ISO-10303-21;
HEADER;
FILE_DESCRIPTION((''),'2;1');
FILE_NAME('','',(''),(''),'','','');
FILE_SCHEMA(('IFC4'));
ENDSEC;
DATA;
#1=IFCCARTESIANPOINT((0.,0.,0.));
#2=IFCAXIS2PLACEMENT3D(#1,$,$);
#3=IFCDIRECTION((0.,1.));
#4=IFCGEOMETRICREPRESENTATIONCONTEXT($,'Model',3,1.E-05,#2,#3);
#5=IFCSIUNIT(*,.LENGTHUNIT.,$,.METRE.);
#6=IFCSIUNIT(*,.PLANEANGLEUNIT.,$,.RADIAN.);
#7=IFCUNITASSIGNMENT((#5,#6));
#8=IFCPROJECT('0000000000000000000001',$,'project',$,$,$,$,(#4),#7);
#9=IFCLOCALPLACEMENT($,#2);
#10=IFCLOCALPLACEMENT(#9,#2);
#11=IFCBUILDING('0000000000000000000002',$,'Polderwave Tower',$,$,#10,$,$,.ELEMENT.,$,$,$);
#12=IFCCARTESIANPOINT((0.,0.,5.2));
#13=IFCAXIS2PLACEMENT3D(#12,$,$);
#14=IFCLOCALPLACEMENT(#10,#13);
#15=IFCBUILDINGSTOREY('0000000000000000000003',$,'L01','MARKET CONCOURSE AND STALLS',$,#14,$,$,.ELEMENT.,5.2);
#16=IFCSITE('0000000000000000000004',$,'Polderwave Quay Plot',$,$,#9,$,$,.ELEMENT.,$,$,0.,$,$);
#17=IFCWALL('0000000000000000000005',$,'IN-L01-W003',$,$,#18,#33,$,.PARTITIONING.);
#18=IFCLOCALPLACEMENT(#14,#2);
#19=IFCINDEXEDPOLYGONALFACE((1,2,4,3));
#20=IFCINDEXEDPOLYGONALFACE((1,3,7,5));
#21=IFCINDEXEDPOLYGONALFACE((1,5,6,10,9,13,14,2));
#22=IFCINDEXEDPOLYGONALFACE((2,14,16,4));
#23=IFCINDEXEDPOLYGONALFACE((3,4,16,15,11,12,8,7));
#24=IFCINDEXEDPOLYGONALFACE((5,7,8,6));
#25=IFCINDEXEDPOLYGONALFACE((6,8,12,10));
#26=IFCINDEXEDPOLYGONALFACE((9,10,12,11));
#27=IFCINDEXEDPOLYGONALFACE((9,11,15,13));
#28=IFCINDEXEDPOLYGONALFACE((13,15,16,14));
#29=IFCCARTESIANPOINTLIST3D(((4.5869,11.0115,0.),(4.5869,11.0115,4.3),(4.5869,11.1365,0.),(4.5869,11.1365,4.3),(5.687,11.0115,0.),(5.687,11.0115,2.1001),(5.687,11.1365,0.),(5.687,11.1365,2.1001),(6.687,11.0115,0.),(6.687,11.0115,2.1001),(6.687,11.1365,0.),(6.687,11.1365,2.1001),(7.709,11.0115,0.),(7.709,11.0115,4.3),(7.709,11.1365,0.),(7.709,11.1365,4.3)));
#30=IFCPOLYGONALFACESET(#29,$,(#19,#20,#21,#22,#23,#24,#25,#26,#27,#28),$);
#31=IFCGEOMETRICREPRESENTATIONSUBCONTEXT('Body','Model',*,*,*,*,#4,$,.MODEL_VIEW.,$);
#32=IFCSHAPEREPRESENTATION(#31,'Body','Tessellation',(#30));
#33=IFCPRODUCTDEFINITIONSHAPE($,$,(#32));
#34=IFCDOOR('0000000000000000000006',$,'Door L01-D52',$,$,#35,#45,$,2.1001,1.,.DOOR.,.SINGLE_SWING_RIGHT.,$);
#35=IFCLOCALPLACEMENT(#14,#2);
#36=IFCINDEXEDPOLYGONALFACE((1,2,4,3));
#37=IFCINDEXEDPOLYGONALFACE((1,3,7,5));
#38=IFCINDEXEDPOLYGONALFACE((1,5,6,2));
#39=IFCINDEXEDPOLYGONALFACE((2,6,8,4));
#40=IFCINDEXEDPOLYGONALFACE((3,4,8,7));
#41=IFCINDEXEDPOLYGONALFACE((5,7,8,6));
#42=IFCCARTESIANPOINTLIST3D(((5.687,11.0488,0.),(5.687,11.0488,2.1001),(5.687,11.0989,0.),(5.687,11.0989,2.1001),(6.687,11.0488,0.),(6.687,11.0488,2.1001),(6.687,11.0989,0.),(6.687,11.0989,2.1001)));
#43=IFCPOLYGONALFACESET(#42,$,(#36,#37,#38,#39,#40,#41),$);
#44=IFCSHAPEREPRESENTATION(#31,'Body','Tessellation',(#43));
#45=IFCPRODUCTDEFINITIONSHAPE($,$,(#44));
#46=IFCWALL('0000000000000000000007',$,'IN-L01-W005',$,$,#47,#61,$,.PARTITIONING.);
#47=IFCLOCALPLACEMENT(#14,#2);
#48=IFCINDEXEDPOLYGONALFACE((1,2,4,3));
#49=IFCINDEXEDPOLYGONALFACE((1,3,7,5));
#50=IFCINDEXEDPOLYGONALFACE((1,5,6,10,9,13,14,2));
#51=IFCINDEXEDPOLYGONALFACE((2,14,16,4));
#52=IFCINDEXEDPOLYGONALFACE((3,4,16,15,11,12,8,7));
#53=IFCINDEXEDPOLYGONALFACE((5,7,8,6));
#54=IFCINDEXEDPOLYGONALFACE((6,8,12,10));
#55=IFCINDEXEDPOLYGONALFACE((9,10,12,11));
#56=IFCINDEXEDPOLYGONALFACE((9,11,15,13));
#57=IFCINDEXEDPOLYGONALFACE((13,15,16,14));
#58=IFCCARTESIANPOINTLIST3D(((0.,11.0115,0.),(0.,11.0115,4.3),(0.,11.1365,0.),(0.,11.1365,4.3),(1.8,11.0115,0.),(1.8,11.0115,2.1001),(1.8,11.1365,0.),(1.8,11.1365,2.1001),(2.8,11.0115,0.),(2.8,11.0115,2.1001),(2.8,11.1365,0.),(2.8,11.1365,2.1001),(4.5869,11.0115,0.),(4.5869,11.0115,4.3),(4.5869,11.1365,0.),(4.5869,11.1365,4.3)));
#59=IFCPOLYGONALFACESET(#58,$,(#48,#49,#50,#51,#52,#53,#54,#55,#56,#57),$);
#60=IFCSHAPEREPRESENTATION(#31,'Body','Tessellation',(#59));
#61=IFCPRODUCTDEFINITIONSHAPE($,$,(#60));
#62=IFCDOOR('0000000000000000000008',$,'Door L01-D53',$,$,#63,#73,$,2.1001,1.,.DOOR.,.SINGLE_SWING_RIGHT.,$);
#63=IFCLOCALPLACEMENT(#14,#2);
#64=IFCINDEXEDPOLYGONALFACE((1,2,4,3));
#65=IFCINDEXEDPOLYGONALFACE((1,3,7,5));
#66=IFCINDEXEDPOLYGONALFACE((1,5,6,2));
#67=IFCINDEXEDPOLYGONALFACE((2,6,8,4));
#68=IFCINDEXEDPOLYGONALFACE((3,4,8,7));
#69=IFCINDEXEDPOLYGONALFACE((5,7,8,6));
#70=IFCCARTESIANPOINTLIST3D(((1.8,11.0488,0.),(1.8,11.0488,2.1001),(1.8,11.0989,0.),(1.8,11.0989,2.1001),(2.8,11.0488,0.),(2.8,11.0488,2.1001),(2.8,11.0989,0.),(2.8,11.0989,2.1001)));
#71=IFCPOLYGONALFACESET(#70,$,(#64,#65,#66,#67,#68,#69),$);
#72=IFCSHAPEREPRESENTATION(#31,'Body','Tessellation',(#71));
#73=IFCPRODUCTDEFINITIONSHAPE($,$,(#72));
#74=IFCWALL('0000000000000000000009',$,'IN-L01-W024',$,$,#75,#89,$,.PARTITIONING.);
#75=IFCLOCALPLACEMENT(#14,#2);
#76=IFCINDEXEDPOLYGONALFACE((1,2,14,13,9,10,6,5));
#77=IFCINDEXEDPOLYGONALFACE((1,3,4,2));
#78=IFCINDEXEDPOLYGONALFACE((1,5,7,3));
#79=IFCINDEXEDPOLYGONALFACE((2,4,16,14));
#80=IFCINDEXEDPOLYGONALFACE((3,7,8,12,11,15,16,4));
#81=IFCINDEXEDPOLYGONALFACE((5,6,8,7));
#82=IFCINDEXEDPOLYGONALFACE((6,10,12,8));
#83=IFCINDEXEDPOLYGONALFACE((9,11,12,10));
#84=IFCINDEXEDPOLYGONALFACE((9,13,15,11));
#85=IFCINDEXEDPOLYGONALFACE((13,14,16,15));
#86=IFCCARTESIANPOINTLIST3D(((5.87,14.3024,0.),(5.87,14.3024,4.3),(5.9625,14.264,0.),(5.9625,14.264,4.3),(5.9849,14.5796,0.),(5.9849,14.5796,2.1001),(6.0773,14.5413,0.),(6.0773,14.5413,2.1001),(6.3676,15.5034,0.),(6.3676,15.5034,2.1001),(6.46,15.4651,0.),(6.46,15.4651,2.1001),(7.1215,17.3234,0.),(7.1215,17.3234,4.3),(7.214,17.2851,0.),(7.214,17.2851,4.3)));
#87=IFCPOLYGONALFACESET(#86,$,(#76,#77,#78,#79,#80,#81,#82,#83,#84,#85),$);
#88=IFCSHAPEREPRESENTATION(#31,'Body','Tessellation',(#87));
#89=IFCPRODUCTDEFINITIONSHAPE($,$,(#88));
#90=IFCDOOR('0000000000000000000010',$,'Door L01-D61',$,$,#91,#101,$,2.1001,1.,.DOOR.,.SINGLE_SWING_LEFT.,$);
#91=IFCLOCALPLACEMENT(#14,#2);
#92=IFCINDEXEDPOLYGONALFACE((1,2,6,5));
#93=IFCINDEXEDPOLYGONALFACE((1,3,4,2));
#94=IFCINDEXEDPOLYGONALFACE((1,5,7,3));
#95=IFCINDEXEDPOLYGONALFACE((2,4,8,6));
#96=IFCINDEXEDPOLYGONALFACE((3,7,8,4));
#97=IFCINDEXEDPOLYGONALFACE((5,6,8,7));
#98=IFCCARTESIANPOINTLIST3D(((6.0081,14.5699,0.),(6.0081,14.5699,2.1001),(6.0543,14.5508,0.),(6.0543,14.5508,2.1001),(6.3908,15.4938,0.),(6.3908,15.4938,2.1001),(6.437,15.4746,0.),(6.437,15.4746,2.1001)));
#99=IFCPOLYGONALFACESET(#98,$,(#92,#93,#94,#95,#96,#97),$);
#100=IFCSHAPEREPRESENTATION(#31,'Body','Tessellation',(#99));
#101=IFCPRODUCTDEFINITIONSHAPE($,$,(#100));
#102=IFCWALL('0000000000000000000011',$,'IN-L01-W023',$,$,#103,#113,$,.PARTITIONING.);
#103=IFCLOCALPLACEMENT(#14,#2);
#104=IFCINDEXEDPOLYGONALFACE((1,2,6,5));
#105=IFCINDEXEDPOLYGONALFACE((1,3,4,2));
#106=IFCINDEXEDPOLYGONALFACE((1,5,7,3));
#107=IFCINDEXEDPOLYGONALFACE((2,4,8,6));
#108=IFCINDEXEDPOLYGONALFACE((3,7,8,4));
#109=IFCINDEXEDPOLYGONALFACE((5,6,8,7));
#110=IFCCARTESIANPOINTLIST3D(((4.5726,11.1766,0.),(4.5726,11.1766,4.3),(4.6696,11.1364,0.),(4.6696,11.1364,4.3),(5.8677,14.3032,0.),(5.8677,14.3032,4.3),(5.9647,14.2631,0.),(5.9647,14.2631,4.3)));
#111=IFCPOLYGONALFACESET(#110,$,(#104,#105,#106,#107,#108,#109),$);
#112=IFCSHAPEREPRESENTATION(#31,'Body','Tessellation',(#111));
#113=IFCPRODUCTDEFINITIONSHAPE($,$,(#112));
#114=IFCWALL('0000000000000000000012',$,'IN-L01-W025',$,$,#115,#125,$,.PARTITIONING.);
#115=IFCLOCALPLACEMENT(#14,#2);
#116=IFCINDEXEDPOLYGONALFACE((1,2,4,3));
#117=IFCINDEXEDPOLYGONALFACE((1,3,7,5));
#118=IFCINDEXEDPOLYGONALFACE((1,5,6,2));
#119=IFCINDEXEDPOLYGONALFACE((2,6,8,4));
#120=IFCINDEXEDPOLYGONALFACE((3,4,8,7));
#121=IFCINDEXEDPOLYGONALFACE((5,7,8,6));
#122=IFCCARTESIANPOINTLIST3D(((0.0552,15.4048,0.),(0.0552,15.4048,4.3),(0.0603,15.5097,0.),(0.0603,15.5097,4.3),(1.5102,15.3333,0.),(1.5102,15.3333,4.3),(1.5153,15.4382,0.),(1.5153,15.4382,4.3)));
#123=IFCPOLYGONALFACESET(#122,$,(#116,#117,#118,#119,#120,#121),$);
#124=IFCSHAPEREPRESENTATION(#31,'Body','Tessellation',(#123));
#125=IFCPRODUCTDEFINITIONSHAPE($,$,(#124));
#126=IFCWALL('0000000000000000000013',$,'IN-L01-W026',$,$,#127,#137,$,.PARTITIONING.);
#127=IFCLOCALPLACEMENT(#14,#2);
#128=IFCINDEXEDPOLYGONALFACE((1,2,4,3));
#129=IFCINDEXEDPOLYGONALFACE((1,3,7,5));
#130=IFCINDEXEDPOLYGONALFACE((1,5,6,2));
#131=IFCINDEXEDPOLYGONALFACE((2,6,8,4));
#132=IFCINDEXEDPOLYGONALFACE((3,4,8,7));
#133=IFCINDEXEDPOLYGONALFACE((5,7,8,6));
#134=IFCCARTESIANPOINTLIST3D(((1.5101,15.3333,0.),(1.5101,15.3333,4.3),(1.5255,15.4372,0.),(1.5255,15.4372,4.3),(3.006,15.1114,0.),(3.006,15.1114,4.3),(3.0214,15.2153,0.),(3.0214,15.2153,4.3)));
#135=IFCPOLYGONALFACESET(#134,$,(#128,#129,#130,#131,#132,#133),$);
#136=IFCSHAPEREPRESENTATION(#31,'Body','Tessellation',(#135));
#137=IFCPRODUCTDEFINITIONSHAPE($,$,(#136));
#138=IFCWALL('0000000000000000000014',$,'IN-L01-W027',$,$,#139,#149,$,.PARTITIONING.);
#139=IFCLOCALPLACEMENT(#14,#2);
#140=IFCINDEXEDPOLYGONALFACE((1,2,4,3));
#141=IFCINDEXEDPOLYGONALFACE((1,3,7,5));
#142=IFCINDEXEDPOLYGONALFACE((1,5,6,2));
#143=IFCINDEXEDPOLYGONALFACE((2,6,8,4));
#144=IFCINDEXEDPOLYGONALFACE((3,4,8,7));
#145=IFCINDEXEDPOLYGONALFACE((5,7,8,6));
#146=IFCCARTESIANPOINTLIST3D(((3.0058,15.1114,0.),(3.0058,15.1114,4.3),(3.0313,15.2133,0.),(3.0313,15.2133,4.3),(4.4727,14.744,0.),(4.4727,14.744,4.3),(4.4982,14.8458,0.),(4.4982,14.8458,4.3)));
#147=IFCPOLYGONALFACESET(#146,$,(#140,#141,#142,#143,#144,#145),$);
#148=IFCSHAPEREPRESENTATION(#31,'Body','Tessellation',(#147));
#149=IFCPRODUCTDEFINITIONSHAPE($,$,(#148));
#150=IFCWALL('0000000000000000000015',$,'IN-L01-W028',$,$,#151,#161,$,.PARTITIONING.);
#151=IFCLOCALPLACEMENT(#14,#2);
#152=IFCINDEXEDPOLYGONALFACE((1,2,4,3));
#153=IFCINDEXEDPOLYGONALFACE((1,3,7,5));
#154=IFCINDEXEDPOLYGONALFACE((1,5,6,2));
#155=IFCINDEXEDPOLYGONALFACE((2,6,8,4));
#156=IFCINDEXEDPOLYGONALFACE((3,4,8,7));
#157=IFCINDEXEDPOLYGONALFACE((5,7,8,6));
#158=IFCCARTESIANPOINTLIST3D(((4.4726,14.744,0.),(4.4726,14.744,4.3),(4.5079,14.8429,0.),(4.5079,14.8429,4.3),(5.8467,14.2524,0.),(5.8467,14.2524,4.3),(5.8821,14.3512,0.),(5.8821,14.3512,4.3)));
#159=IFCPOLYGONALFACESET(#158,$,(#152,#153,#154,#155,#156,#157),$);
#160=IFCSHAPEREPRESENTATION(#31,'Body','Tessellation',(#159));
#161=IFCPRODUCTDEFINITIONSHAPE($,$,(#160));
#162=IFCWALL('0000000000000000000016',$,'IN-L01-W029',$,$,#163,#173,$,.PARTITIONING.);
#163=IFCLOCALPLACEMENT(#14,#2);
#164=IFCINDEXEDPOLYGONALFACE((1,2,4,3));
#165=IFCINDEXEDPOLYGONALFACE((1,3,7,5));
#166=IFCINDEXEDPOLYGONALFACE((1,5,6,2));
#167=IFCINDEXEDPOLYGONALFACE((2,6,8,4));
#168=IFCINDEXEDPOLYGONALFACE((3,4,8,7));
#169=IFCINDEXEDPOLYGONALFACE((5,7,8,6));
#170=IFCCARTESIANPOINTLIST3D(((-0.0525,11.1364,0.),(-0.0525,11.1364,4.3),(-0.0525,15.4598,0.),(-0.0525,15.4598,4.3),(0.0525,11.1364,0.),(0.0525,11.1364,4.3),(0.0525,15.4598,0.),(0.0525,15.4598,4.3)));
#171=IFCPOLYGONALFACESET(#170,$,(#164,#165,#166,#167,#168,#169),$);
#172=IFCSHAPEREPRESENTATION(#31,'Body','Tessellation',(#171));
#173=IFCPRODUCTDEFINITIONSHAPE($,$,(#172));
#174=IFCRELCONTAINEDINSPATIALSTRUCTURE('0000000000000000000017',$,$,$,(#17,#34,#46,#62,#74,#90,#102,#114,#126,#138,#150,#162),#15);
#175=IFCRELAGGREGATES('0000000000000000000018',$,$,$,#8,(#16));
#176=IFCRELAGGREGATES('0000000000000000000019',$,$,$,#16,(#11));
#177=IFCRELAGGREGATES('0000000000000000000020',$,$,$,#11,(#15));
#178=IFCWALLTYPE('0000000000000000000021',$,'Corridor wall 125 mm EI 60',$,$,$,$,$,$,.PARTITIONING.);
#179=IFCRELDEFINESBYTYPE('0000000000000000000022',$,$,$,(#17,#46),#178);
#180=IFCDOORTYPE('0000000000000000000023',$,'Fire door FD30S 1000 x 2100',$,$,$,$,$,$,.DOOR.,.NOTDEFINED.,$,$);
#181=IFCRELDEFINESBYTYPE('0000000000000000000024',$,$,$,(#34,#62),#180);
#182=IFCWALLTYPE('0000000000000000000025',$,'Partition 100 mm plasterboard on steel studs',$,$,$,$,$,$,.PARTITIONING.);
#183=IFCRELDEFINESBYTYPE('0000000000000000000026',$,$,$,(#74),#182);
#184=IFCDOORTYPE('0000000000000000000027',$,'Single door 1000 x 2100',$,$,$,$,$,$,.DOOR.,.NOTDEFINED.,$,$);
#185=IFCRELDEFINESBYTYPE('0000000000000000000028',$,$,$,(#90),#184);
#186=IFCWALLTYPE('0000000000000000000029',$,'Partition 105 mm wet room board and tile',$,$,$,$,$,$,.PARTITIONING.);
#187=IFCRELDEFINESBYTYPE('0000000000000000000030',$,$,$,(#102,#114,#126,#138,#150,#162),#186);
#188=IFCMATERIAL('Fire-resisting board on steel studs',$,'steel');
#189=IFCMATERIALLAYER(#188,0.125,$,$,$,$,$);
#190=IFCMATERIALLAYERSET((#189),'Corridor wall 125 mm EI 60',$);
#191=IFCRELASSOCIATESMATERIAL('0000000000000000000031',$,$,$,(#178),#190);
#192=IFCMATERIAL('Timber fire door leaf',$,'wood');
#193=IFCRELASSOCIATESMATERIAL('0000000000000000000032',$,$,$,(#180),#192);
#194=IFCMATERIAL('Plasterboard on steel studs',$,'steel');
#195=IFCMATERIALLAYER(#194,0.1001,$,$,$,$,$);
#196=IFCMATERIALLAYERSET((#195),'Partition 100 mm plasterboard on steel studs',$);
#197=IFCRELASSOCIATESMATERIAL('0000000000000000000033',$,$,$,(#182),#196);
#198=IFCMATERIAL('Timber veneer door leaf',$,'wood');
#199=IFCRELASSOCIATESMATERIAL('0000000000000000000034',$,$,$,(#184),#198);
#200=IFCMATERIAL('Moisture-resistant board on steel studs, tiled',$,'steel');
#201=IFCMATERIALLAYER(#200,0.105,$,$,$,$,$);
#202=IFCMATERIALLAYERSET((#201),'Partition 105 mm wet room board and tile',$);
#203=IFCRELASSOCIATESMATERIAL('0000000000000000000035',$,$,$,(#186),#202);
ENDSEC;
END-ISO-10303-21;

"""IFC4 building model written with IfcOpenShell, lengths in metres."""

from ifc_helpers import new_model, si_unit, direction, frame, frame_2d, origin, place, context, subcontext, project, spatial, rectangle, extrude, material, layer, layer_set, type_object, element, fill, save


model = new_model("IFC4")

# Units and contexts
model_context = context("Model", 3, precision=1e-05, world=origin(), true_north=direction((0.0, 1.0)))
body_context = subcontext(model_context, "Body", "Model", "MODEL_VIEW")
ifc_project = project(units=[si_unit("LENGTHUNIT", "METRE"), si_unit("PLANEANGLEUNIT", "RADIAN")], contexts=[model_context])

# Site, building, storey
site_placement = place(None, origin())
site = spatial("IfcSite", under=ifc_project, at=site_placement, Name="Polderwave Quay Plot", CompositionType="ELEMENT", RefElevation=0.0)
building_placement = place(site_placement, origin())
building = spatial("IfcBuilding", under=site, at=building_placement, Name="Polderwave Tower", CompositionType="ELEMENT")
storey_placement = place(building_placement, frame((0.0, 0.0, 5.2)))
storey = spatial("IfcBuildingStorey", under=building, at=storey_placement, Name="L01", Description="MARKET CONCOURSE AND STALLS", CompositionType="ELEMENT", Elevation=5.2)

# Walls, openings, doors
ifc_material_1 = material(Name="Fire-resisting board on steel studs", Category="steel")
ifc_layer_1 = layer(ifc_material_1, 0.125)
ifc_layer_set_1 = layer_set([ifc_layer_1], Name="Corridor wall 125 mm EI 60")
wall_type_1 = type_object("IfcWallType", Name="Corridor wall 125 mm EI 60", PredefinedType="PARTITIONING", material=ifc_layer_set_1)
wall_1_placement = place(storey_placement, frame((4.5869, 11.074, 0.0), z_axis=(0.0, 0.0, 1.0), x_axis=(1.0, 0.0, 0.0)))
wall_1 = element("IfcWall", 1, at=wall_1_placement, inside=storey, type_object=wall_type_1, Name="IN-L01-W003", PredefinedType="PARTITIONING", context=body_context, shape_type="SweptSolid", body=[
    extrude(rectangle(XDim=3.1221, YDim=0.125, at=frame_2d((1.561, 0.0))), origin(), (0.0, 0.0, 1.0), 4.3),
])
opening_1_placement = place(wall_1_placement, frame((1.1001, 0.0, 0.0)))
opening_1 = element("IfcOpeningElement", 2, at=opening_1_placement, cuts=wall_1, PredefinedType="OPENING", context=body_context, shape_type="SweptSolid", body=[
    extrude(rectangle(XDim=1.0, YDim=2.1001, at=frame_2d((0.5, 1.05))), frame((0.0, 0.0725, 0.0), z_axis=(0.0, -1.0, 0.0), x_axis=(1.0, 0.0, 0.0)), (0.0, 0.0, 1.0), 0.145),
])
ifc_material_2 = material(Name="Timber fire door leaf", Category="wood")
door_type_1 = type_object("IfcDoorType", Name="Fire door FD30S 1000 x 2100", OperationType="NOTDEFINED", PredefinedType="DOOR", material=ifc_material_2)
door_1_placement = place(opening_1_placement, origin())
door_1 = element("IfcDoor", 3, at=door_1_placement, inside=storey, type_object=door_type_1, Name="Door L01-D52", OperationType="SINGLE_SWING_RIGHT", OverallHeight=2.1001, OverallWidth=1.0, PredefinedType="DOOR", context=body_context, shape_type="SweptSolid", body=[
    extrude(rectangle(XDim=1.0, YDim=2.1001, at=frame_2d((0.5, 1.05))), frame((0.0, 0.0249, 0.0), z_axis=(0.0, -1.0, 0.0), x_axis=(1.0, 0.0, 0.0)), (0.0, 0.0, 1.0), 0.05),
])
fill(opening_1, door_1)
wall_2_placement = place(storey_placement, frame((0.0, 11.074, 0.0), z_axis=(0.0, 0.0, 1.0), x_axis=(1.0, 0.0, 0.0)))
wall_2 = element("IfcWall", 4, at=wall_2_placement, inside=storey, type_object=wall_type_1, Name="IN-L01-W005", PredefinedType="PARTITIONING", context=body_context, shape_type="SweptSolid", body=[
    extrude(rectangle(XDim=4.5869, YDim=0.125, at=frame_2d((2.2935, 0.0))), origin(), (0.0, 0.0, 1.0), 4.3),
])
opening_2_placement = place(wall_2_placement, frame((1.8, 0.0, 0.0)))
opening_2 = element("IfcOpeningElement", 5, at=opening_2_placement, cuts=wall_2, PredefinedType="OPENING", context=body_context, shape_type="SweptSolid", body=[
    extrude(rectangle(XDim=1.0, YDim=2.1001, at=frame_2d((0.5, 1.05))), frame((0.0, 0.0725, 0.0), z_axis=(0.0, -1.0, 0.0), x_axis=(1.0, 0.0, 0.0)), (0.0, 0.0, 1.0), 0.145),
])
door_2_placement = place(opening_2_placement, origin())
door_2 = element("IfcDoor", 6, at=door_2_placement, inside=storey, type_object=door_type_1, Name="Door L01-D53", OperationType="SINGLE_SWING_RIGHT", OverallHeight=2.1001, OverallWidth=1.0, PredefinedType="DOOR", context=body_context, shape_type="SweptSolid", body=[
    extrude(rectangle(XDim=1.0, YDim=2.1001, at=frame_2d((0.5, 1.05))), frame((0.0, 0.0249, 0.0), z_axis=(0.0, -1.0, 0.0), x_axis=(1.0, 0.0, 0.0)), (0.0, 0.0, 1.0), 0.05),
])
fill(opening_2, door_2)
ifc_material_3 = material(Name="Plasterboard on steel studs", Category="steel")
ifc_layer_2 = layer(ifc_material_3, 0.1001)
ifc_layer_set_2 = layer_set([ifc_layer_2], Name="Partition 100 mm plasterboard on steel studs")
wall_type_2 = type_object("IfcWallType", Name="Partition 100 mm plasterboard on steel studs", PredefinedType="PARTITIONING", material=ifc_layer_set_2)
wall_3_placement = place(storey_placement, frame((5.9163, 14.2832, 0.0), z_axis=(0.0, 0.0, 1.0), x_axis=(0.382717, 0.923866, 0.0)))
wall_3 = element("IfcWall", 7, at=wall_3_placement, inside=storey, type_object=wall_type_2, Name="IN-L01-W024", PredefinedType="PARTITIONING", context=body_context, shape_type="SweptSolid", body=[
    extrude(rectangle(XDim=3.27, YDim=0.1001, at=frame_2d((1.635, 0.0))), origin(), (0.0, 0.0, 1.0), 4.3),
])
opening_3_placement = place(wall_3_placement, frame((0.3, 0.0, 0.0)))
opening_3 = element("IfcOpeningElement", 8, at=opening_3_placement, cuts=wall_3, PredefinedType="OPENING", context=body_context, shape_type="SweptSolid", body=[
    extrude(rectangle(XDim=1.0, YDim=2.1001, at=frame_2d((0.5, 1.05))), frame((0.0, 0.0601, 0.0), z_axis=(0.0, -1.0, 0.0), x_axis=(1.0, 0.0, 0.0)), (0.0, 0.0, 1.0), 0.1201),
])
ifc_material_4 = material(Name="Timber veneer door leaf", Category="wood")
door_type_2 = type_object("IfcDoorType", Name="Single door 1000 x 2100", OperationType="NOTDEFINED", PredefinedType="DOOR", material=ifc_material_4)
door_3_placement = place(opening_3_placement, origin())
door_3 = element("IfcDoor", 9, at=door_3_placement, inside=storey, type_object=door_type_2, Name="Door L01-D61", OperationType="SINGLE_SWING_LEFT", OverallHeight=2.1001, OverallWidth=1.0, PredefinedType="DOOR", context=body_context, shape_type="SweptSolid", body=[
    extrude(rectangle(XDim=1.0, YDim=2.1001, at=frame_2d((0.5, 1.05))), frame((0.0, 0.0249, 0.0), z_axis=(0.0, -1.0, 0.0), x_axis=(1.0, 0.0, 0.0)), (0.0, 0.0, 1.0), 0.05),
])
fill(opening_3, door_3)

# Walls
ifc_material_5 = material(Name="Moisture-resistant board on steel studs, tiled", Category="steel")
ifc_layer_3 = layer(ifc_material_5, 0.105)
ifc_layer_set_3 = layer_set([ifc_layer_3], Name="Partition 105 mm wet room board and tile")
wall_type_3 = type_object("IfcWallType", Name="Partition 105 mm wet room board and tile", PredefinedType="PARTITIONING", material=ifc_layer_set_3)
wall_4_placement = place(storey_placement, frame((4.6211, 11.1565, 0.0), z_axis=(0.0, 0.0, 1.0), x_axis=(0.382694, 0.923875, 0.0)))
element("IfcWall", 10, at=wall_4_placement, inside=storey, type_object=wall_type_3, Name="IN-L01-W023", PredefinedType="PARTITIONING", context=body_context, shape_type="SweptSolid", body=[
    extrude(rectangle(XDim=3.3843, YDim=0.105, at=frame_2d((1.6921, 0.0))), origin(), (0.0, 0.0, 1.0), 4.3),
])
wall_5_placement = place(storey_placement, frame((0.0576, 15.4573, 0.0), z_axis=(0.0, 0.0, 1.0), x_axis=(0.998794, -0.049102, 0.0)))
element("IfcWall", 11, at=wall_5_placement, inside=storey, type_object=wall_type_3, Name="IN-L01-W025", PredefinedType="PARTITIONING", context=body_context, shape_type="SweptSolid", body=[
    extrude(rectangle(XDim=1.4568, YDim=0.105, at=frame_2d((0.7285, 0.0))), origin(), (0.0, 0.0, 1.0), 4.3),
])
for number, where, z_axis, x_axis, name in (
    (12, (1.5178, 15.3853, 0.0), (0.0, 0.0, 1.0), (0.989173, -0.146753, 0.0), "IN-L01-W026"),
    (13, (3.0186, 15.1624, 0.0), (0.0, 0.0, 1.0), (0.970028, -0.242991, 0.0), "IN-L01-W027"),
):
    element("IfcWall", number, at=place(storey_placement, frame(where, z_axis=z_axis, x_axis=x_axis)), inside=storey, type_object=wall_type_3, Name=name, PredefinedType="PARTITIONING", context=body_context, shape_type="SweptSolid", body=[
        extrude(rectangle(XDim=1.5122, YDim=0.105, at=frame_2d((0.7561, 0.0))), origin(), (0.0, 0.0, 1.0), 4.3),
    ])
wall_6_placement = place(storey_placement, frame((4.4902, 14.7935, 0.0), z_axis=(0.0, 0.0, 1.0), x_axis=(0.941549, -0.336877, 0.0)))
element("IfcWall", 14, at=wall_6_placement, inside=storey, type_object=wall_type_3, Name="IN-L01-W028", PredefinedType="PARTITIONING", context=body_context, shape_type="SweptSolid", body=[
    extrude(rectangle(XDim=1.4595, YDim=0.105, at=frame_2d((0.7297, 0.0))), origin(), (0.0, 0.0, 1.0), 4.3),
])
wall_7_placement = place(storey_placement, frame((0.0, 11.1365, 0.0), z_axis=(0.0, 0.0, 1.0), x_axis=(0.0, 1.0, 0.0)))
element("IfcWall", 15, at=wall_7_placement, inside=storey, type_object=wall_type_3, Name="IN-L01-W029", PredefinedType="PARTITIONING", context=body_context, shape_type="SweptSolid", body=[
    extrude(rectangle(XDim=4.3235, YDim=0.105, at=frame_2d((2.1616, 0.0))), origin(), (0.0, 0.0, 1.0), 4.3),
])

save(model, "model.ifc")
